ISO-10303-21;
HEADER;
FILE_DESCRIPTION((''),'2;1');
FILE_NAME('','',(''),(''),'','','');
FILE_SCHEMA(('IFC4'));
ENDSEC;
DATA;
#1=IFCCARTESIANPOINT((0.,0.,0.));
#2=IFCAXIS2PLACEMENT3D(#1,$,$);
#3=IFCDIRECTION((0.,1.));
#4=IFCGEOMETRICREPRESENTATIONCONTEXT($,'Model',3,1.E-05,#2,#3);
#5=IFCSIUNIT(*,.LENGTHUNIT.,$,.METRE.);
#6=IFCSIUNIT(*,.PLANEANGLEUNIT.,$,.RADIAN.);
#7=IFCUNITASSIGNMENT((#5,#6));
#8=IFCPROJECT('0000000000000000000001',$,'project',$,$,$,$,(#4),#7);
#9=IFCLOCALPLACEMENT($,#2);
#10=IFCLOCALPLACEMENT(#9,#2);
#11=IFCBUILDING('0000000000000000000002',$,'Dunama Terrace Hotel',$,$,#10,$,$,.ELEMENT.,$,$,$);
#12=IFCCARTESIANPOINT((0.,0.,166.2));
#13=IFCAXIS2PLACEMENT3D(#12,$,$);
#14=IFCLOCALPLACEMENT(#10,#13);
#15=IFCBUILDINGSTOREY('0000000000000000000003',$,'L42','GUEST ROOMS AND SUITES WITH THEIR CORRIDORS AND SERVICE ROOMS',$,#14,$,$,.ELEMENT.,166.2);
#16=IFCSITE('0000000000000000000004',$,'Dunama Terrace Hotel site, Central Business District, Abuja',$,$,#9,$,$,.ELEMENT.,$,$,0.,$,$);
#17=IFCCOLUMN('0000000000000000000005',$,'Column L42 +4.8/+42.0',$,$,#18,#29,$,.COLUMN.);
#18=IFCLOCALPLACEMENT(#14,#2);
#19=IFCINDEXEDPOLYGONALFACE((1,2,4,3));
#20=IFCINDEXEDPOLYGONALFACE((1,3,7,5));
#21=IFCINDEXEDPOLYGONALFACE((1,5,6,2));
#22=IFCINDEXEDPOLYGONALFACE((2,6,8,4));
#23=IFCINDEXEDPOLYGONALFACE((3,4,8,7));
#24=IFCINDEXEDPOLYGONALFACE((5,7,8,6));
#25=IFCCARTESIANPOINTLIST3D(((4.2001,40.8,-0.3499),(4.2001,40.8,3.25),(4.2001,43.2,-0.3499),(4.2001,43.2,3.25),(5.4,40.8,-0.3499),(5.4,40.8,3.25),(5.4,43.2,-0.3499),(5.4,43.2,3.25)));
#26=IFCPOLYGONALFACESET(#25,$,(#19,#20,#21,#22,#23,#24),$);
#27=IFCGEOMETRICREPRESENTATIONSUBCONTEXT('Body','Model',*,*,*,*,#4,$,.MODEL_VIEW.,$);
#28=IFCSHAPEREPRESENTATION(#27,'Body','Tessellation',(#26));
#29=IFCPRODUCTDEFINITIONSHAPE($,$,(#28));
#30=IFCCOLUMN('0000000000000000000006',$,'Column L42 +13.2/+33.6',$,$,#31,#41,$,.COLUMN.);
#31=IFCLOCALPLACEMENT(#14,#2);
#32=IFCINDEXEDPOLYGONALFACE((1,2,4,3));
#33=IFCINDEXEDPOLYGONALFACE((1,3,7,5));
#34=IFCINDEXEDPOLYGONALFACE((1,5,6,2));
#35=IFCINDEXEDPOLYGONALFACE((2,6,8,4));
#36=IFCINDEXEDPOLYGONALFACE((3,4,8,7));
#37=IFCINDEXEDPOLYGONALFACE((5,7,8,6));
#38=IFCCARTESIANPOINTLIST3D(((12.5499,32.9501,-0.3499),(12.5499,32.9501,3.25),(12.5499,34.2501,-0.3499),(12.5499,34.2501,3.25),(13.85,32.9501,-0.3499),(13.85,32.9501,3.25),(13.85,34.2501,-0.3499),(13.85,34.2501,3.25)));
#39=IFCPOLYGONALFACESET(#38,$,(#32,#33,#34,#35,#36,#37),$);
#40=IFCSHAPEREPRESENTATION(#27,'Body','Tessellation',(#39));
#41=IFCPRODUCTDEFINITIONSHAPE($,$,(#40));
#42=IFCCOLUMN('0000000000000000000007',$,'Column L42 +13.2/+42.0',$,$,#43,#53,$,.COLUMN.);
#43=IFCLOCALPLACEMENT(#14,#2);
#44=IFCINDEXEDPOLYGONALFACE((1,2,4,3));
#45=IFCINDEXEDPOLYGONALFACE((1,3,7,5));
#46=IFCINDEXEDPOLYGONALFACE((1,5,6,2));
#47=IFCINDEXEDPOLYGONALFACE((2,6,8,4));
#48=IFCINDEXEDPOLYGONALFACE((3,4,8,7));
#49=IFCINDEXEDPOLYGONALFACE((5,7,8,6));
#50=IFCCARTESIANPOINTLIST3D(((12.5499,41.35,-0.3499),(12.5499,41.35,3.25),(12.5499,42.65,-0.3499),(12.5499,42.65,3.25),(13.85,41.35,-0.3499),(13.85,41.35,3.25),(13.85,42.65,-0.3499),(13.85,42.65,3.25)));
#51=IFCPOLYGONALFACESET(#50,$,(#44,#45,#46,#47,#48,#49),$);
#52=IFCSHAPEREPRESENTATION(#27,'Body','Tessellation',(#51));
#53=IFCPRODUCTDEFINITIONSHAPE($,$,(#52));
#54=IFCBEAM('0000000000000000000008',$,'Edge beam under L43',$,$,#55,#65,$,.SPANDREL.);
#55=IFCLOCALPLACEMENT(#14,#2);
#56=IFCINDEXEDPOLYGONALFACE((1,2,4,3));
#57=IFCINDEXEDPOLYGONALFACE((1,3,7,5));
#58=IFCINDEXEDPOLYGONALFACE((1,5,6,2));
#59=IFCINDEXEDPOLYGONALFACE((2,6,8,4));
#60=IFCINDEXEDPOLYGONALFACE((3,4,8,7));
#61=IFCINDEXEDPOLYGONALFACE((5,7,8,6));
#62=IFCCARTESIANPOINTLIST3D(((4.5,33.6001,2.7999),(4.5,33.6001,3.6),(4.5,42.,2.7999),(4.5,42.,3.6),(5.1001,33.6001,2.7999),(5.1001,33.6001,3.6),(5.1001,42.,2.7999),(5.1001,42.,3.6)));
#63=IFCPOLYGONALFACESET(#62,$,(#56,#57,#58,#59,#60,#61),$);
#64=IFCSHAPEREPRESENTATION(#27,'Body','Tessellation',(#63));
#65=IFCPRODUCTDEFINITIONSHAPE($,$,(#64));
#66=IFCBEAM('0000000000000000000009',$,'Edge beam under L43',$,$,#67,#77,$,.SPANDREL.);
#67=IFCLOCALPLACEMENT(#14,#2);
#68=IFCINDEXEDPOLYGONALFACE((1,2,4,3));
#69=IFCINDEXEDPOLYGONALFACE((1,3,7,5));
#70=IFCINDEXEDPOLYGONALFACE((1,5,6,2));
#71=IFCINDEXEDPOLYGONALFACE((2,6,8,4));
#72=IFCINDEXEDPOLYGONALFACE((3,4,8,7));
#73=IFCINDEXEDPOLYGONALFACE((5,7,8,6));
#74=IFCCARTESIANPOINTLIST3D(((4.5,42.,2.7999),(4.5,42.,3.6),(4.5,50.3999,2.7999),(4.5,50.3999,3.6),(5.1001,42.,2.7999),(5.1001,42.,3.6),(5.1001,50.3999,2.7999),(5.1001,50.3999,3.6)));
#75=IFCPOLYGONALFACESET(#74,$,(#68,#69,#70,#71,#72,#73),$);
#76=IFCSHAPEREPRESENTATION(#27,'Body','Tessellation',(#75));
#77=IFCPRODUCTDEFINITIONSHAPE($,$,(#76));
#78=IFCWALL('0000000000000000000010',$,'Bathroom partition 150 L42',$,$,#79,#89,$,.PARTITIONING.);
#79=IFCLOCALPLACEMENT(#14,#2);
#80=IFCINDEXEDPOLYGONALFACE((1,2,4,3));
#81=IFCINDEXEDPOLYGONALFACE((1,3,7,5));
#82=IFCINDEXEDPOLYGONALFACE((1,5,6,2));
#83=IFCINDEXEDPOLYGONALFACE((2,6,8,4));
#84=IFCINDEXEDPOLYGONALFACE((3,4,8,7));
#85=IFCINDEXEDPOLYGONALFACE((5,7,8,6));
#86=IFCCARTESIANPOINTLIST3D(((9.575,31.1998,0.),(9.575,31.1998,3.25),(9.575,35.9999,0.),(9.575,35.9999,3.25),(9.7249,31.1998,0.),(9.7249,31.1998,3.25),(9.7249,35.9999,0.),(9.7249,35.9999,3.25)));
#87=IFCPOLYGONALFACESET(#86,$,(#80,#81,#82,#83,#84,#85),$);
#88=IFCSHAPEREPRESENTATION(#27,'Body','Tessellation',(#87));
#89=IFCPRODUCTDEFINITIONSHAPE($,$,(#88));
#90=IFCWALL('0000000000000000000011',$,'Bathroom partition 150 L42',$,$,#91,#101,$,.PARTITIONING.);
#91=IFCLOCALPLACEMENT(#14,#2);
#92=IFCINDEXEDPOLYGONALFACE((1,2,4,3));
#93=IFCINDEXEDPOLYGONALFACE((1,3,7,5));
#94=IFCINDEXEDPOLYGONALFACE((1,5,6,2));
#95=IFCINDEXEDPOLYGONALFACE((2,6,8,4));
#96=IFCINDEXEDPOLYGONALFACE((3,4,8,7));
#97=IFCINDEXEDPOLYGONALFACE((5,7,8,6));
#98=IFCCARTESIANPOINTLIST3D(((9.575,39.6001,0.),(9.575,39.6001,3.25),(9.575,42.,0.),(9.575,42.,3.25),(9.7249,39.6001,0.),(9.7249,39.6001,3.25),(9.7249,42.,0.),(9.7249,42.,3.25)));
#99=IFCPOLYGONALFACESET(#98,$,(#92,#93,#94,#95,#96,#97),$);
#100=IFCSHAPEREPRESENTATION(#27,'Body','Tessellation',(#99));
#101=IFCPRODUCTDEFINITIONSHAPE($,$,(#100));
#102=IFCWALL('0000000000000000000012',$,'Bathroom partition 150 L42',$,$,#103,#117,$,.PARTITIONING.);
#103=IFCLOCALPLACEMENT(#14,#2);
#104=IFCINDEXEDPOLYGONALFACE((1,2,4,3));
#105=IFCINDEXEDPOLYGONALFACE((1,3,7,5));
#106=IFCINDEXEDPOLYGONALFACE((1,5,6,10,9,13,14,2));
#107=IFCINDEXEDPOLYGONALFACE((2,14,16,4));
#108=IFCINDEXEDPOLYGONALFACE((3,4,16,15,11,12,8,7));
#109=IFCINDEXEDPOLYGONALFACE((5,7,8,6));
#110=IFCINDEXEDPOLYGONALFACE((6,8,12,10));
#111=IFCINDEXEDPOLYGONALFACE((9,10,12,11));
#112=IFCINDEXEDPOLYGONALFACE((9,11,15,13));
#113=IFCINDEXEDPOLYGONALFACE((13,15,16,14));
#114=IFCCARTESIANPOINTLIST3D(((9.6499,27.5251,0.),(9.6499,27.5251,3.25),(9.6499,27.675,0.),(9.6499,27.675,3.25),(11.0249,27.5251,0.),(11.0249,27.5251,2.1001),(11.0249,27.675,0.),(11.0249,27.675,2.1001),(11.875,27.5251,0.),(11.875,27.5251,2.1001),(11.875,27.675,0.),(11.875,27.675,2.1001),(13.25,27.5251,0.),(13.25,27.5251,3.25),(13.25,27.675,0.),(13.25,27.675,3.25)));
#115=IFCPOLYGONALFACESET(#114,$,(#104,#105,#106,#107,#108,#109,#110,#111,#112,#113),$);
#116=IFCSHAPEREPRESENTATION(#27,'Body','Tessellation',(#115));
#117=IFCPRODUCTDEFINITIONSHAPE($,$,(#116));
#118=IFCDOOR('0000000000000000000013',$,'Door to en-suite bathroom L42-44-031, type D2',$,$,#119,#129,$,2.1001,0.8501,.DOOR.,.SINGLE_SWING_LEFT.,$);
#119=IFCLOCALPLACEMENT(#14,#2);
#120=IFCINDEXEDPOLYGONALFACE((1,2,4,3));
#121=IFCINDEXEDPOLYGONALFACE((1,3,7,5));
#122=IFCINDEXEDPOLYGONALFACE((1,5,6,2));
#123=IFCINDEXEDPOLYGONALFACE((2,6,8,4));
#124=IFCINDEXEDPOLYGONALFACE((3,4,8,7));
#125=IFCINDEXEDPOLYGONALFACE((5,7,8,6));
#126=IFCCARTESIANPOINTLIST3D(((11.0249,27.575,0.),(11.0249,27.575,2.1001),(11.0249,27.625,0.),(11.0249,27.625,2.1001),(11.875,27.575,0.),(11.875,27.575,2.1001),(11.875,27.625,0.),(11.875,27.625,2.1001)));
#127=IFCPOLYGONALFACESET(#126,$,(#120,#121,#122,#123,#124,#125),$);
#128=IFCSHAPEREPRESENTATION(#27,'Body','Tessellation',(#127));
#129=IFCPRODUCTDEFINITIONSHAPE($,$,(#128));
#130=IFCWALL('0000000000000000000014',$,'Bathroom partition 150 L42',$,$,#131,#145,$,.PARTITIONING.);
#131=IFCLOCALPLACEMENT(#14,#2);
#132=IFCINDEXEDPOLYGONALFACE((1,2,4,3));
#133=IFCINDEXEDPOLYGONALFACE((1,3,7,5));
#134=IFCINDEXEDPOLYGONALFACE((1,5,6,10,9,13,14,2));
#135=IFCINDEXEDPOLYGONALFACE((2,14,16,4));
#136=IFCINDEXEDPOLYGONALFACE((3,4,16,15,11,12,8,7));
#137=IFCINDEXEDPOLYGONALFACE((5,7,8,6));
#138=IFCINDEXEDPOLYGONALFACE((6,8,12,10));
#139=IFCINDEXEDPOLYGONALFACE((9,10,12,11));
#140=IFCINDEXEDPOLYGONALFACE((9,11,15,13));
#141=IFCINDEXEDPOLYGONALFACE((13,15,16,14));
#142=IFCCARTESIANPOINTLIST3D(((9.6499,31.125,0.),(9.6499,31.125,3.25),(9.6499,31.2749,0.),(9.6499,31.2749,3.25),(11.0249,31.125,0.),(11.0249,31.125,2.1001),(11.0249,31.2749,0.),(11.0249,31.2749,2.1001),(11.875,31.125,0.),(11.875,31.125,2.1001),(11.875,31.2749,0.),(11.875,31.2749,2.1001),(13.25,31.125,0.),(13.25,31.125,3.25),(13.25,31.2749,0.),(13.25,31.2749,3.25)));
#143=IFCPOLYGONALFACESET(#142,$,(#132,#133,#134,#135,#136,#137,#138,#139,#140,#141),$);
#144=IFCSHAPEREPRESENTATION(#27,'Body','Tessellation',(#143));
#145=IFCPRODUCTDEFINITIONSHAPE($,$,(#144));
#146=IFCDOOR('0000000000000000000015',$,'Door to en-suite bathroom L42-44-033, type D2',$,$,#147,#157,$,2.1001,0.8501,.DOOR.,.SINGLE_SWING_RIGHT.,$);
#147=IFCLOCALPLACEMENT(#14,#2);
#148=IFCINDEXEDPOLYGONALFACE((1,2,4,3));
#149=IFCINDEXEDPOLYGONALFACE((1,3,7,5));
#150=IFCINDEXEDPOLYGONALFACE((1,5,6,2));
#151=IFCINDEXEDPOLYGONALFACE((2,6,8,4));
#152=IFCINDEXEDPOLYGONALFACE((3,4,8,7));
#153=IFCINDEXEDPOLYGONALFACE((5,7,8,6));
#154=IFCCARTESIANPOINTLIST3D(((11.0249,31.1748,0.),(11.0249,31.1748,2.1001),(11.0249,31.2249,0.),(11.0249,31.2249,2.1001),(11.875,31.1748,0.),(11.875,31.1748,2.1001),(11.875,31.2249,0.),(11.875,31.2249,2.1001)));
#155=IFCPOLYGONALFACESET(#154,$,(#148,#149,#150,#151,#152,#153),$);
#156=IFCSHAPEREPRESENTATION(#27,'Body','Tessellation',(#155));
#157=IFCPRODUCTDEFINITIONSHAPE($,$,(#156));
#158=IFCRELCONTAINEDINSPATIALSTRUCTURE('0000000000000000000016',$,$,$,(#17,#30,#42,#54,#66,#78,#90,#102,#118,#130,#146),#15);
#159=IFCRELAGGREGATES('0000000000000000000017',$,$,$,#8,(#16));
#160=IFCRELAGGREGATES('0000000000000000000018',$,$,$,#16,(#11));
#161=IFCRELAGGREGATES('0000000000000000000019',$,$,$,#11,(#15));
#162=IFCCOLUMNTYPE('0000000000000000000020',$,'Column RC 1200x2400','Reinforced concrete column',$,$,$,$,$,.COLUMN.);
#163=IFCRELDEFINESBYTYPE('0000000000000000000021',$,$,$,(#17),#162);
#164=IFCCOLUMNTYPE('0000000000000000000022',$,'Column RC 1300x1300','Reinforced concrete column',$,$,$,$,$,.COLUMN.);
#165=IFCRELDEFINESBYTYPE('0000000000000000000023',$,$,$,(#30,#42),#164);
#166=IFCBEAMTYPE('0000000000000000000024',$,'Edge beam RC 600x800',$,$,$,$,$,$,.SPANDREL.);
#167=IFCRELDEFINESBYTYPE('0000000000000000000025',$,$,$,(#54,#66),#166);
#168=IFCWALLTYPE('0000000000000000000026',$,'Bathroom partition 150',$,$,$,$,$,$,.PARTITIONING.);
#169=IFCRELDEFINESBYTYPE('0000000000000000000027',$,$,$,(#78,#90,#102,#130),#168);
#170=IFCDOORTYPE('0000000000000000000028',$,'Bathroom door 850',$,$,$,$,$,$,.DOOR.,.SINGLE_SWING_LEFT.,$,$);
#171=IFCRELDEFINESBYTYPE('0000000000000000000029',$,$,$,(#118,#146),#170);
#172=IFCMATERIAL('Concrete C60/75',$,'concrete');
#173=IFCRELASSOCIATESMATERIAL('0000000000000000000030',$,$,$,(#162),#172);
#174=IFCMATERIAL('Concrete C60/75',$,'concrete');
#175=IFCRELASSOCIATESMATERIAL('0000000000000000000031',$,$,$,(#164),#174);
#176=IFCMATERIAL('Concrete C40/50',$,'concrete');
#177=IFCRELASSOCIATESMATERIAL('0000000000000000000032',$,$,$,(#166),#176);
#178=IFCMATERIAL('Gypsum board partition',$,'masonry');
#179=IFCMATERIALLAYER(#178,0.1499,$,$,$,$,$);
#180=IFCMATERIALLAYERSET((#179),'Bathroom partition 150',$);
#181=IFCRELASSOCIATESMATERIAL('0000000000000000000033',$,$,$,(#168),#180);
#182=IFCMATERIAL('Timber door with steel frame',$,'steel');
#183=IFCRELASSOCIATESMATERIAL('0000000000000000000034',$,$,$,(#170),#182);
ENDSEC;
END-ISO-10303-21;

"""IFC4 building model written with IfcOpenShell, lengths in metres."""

from ifc_helpers import new_model, si_unit, direction, frame, frame_2d, origin, origin_2d, place, context, subcontext, project, spatial, rectangle, extrude, material, layer, layer_set, material_profile, profile_set, type_object, element, fill, save


model = new_model("IFC4")

# Units and contexts
model_context = context("Model", 3, precision=1e-05, world=origin(), true_north=direction((0.0, 1.0)))
body_context = subcontext(model_context, "Body", "Model", "MODEL_VIEW")
ifc_project = project(units=[si_unit("LENGTHUNIT", "METRE"), si_unit("PLANEANGLEUNIT", "RADIAN")], contexts=[model_context])

# Site, building, storey
site_placement = place(None, origin())
site = spatial("IfcSite", under=ifc_project, at=site_placement, Name="Dunama Terrace Hotel site, Central Business District, Abuja", CompositionType="ELEMENT", RefElevation=0.0)
building_placement = place(site_placement, origin())
building = spatial("IfcBuilding", under=site, at=building_placement, Name="Dunama Terrace Hotel", CompositionType="ELEMENT")
storey_placement = place(building_placement, frame((0.0, 0.0, 166.2)))
storey = spatial("IfcBuildingStorey", under=building, at=storey_placement, Name="L42", Description="GUEST ROOMS AND SUITES WITH THEIR CORRIDORS AND SERVICE ROOMS", CompositionType="ELEMENT", Elevation=166.2)

# Columns
ifc_material_1 = material(Name="Concrete C60/75", Category="concrete")
ifc_material_profile_1 = material_profile(ifc_material_1, rectangle(XDim=1.2, YDim=2.3999, at=origin_2d()), Name="RC 1200x2400")
ifc_profile_set_1 = profile_set([ifc_material_profile_1], Name="Concrete C60/75")
column_type_1 = type_object("IfcColumnType", Name="Column RC 1200x2400", Description="Reinforced concrete column", PredefinedType="COLUMN", material=ifc_profile_set_1)
column_placement = place(storey_placement, frame((4.8, 42.0, -0.3499), z_axis=(0.0, 0.0, 1.0), x_axis=(1.0, 0.0, 0.0)))
element("IfcColumn", 1, at=column_placement, inside=storey, type_object=column_type_1, Name="Column L42 +4.8/+42.0", PredefinedType="COLUMN", context=body_context, shape_type="SweptSolid", body=[
    extrude(rectangle(XDim=1.2, YDim=2.3999, at=origin_2d()), origin(), (0.0, 0.0, 1.0), 3.5999),
])
ifc_material_2 = material(Name="Concrete C60/75", Category="concrete")
ifc_material_profile_2 = material_profile(ifc_material_2, rectangle(XDim=1.3, YDim=1.3, at=origin_2d()), Name="RC 1300x1300")
ifc_profile_set_2 = profile_set([ifc_material_profile_2], Name="Concrete C60/75")
column_type_2 = type_object("IfcColumnType", Name="Column RC 1300x1300", Description="Reinforced concrete column", PredefinedType="COLUMN", material=ifc_profile_set_2)
for number, where, z_axis, x_axis, name in (
    (2, (13.2, 33.6001, -0.3499), (0.0, 0.0, 1.0), (1.0, 0.0, 0.0), "Column L42 +13.2/+33.6"),
    (3, (13.2, 42.0, -0.3499), (0.0, 0.0, 1.0), (1.0, 0.0, 0.0), "Column L42 +13.2/+42.0"),
):
    element("IfcColumn", number, at=place(storey_placement, frame(where, z_axis=z_axis, x_axis=x_axis)), inside=storey, type_object=column_type_2, Name=name, PredefinedType="COLUMN", context=body_context, shape_type="SweptSolid", body=[
        extrude(rectangle(XDim=1.3, YDim=1.3, at=origin_2d()), origin(), (0.0, 0.0, 1.0), 3.5999),
    ])

# Beams
ifc_material_3 = material(Name="Concrete C40/50", Category="concrete")
ifc_material_profile_3 = material_profile(ifc_material_3, rectangle(XDim=0.6001, YDim=0.8, at=origin_2d()), Name="RC 600x800")
ifc_profile_set_3 = profile_set([ifc_material_profile_3], Name="Concrete C40/50")
beam_type = type_object("IfcBeamType", Name="Edge beam RC 600x800", PredefinedType="SPANDREL", material=ifc_profile_set_3)
for number, where, z_axis, x_axis, name in (
    (4, (4.8, 33.6001, 3.2), (0.0, 1.0, 0.0), (-1.0, 0.0, 0.0), "Edge beam under L43"),
    (5, (4.8, 42.0, 3.2), (0.0, 1.0, 0.0), (-1.0, 0.0, 0.0), "Edge beam under L43"),
):
    element("IfcBeam", number, at=place(storey_placement, frame(where, z_axis=z_axis, x_axis=x_axis)), inside=storey, type_object=beam_type, Name=name, PredefinedType="SPANDREL", context=body_context, shape_type="SweptSolid", body=[
        extrude(rectangle(XDim=0.6001, YDim=0.8, at=origin_2d()), origin(), (0.0, 0.0, 1.0), 8.3999),
    ])

# Walls
ifc_material_4 = material(Name="Gypsum board partition", Category="masonry")
ifc_layer = layer(ifc_material_4, 0.1499)
ifc_layer_set = layer_set([ifc_layer], Name="Bathroom partition 150")
wall_type = type_object("IfcWallType", Name="Bathroom partition 150", PredefinedType="PARTITIONING", material=ifc_layer_set)
wall_1_placement = place(storey_placement, frame((9.6499, 31.2, 0.0), z_axis=(0.0, 0.0, 1.0), x_axis=(0.0, 1.0, 0.0)))
element("IfcWall", 6, at=wall_1_placement, inside=storey, type_object=wall_type, Name="Bathroom partition 150 L42", PredefinedType="PARTITIONING", context=body_context, shape_type="SweptSolid", body=[
    extrude(rectangle(XDim=4.8, YDim=0.1499, at=frame_2d((2.3999, 0.0))), origin(), (0.0, 0.0, 1.0), 3.25),
])
wall_2_placement = place(storey_placement, frame((9.6499, 39.6001, 0.0), z_axis=(0.0, 0.0, 1.0), x_axis=(0.0, 1.0, 0.0)))
element("IfcWall", 7, at=wall_2_placement, inside=storey, type_object=wall_type, Name="Bathroom partition 150 L42", PredefinedType="PARTITIONING", context=body_context, shape_type="SweptSolid", body=[
    extrude(rectangle(XDim=2.3999, YDim=0.1499, at=frame_2d((1.2, 0.0))), origin(), (0.0, 0.0, 1.0), 3.25),
])

# Walls, openings, doors
wall_3_placement = place(storey_placement, frame((9.6499, 27.6001, 0.0), z_axis=(0.0, 0.0, 1.0), x_axis=(1.0, 0.0, 0.0)))
wall_3 = element("IfcWall", 8, at=wall_3_placement, inside=storey, type_object=wall_type, Name="Bathroom partition 150 L42", PredefinedType="PARTITIONING", context=body_context, shape_type="SweptSolid", body=[
    extrude(rectangle(XDim=3.6001, YDim=0.1499, at=frame_2d((1.8, 0.0))), origin(), (0.0, 0.0, 1.0), 3.25),
])
opening_1_placement = place(wall_3_placement, frame((1.375, 0.0, 0.0)))
opening_1 = element("IfcOpeningElement", 9, at=opening_1_placement, cuts=wall_3, PredefinedType="OPENING", context=body_context, shape_type="SweptSolid", body=[
    extrude(rectangle(XDim=0.8501, YDim=2.1001, at=frame_2d((0.425, 1.05))), frame((0.0, 0.085, 0.0), z_axis=(0.0, -1.0, 0.0), x_axis=(1.0, 0.0, 0.0)), (0.0, 0.0, 1.0), 0.1699),
])
ifc_material_5 = material(Name="Timber door with steel frame", Category="steel")
door_type = type_object("IfcDoorType", Name="Bathroom door 850", OperationType="SINGLE_SWING_LEFT", PredefinedType="DOOR", material=ifc_material_5)
door_1_placement = place(opening_1_placement, frame((0.8501, 0.0, 0.0), z_axis=(0.0, 0.0, 1.0), x_axis=(-1.0, 0.0, 0.0)))
door_1 = element("IfcDoor", 10, at=door_1_placement, inside=storey, type_object=door_type, Name="Door to en-suite bathroom L42-44-031, type D2", OperationType="SINGLE_SWING_LEFT", OverallHeight=2.1001, OverallWidth=0.8501, PredefinedType="DOOR", context=body_context, shape_type="SweptSolid", body=[
    extrude(rectangle(XDim=0.8501, YDim=2.1001, at=frame_2d((0.425, 1.05))), frame((0.0, 0.0251, 0.0), z_axis=(0.0, -1.0, 0.0), x_axis=(1.0, 0.0, 0.0)), (0.0, 0.0, 1.0), 0.05),
])
fill(opening_1, door_1)
wall_4_placement = place(storey_placement, frame((9.6499, 31.2, 0.0), z_axis=(0.0, 0.0, 1.0), x_axis=(1.0, 0.0, 0.0)))
wall_4 = element("IfcWall", 11, at=wall_4_placement, inside=storey, type_object=wall_type, Name="Bathroom partition 150 L42", PredefinedType="PARTITIONING", context=body_context, shape_type="SweptSolid", body=[
    extrude(rectangle(XDim=3.6001, YDim=0.1499, at=frame_2d((1.8, 0.0))), origin(), (0.0, 0.0, 1.0), 3.25),
])
opening_2_placement = place(wall_4_placement, frame((1.375, 0.0, 0.0)))
opening_2 = element("IfcOpeningElement", 12, at=opening_2_placement, cuts=wall_4, PredefinedType="OPENING", context=body_context, shape_type="SweptSolid", body=[
    extrude(rectangle(XDim=0.8501, YDim=2.1001, at=frame_2d((0.425, 1.05))), frame((0.0, 0.085, 0.0), z_axis=(0.0, -1.0, 0.0), x_axis=(1.0, 0.0, 0.0)), (0.0, 0.0, 1.0), 0.1699),
])
door_2_placement = place(opening_2_placement, origin())
door_2 = element("IfcDoor", 13, at=door_2_placement, inside=storey, type_object=door_type, Name="Door to en-suite bathroom L42-44-033, type D2", OperationType="SINGLE_SWING_RIGHT", OverallHeight=2.1001, OverallWidth=0.8501, PredefinedType="DOOR", context=body_context, shape_type="SweptSolid", body=[
    extrude(rectangle(XDim=0.8501, YDim=2.1001, at=frame_2d((0.425, 1.05))), frame((0.0, 0.0249, 0.0), z_axis=(0.0, -1.0, 0.0), x_axis=(1.0, 0.0, 0.0)), (0.0, 0.0, 1.0), 0.05),
])
fill(opening_2, door_2)

save(model, "model.ifc")
